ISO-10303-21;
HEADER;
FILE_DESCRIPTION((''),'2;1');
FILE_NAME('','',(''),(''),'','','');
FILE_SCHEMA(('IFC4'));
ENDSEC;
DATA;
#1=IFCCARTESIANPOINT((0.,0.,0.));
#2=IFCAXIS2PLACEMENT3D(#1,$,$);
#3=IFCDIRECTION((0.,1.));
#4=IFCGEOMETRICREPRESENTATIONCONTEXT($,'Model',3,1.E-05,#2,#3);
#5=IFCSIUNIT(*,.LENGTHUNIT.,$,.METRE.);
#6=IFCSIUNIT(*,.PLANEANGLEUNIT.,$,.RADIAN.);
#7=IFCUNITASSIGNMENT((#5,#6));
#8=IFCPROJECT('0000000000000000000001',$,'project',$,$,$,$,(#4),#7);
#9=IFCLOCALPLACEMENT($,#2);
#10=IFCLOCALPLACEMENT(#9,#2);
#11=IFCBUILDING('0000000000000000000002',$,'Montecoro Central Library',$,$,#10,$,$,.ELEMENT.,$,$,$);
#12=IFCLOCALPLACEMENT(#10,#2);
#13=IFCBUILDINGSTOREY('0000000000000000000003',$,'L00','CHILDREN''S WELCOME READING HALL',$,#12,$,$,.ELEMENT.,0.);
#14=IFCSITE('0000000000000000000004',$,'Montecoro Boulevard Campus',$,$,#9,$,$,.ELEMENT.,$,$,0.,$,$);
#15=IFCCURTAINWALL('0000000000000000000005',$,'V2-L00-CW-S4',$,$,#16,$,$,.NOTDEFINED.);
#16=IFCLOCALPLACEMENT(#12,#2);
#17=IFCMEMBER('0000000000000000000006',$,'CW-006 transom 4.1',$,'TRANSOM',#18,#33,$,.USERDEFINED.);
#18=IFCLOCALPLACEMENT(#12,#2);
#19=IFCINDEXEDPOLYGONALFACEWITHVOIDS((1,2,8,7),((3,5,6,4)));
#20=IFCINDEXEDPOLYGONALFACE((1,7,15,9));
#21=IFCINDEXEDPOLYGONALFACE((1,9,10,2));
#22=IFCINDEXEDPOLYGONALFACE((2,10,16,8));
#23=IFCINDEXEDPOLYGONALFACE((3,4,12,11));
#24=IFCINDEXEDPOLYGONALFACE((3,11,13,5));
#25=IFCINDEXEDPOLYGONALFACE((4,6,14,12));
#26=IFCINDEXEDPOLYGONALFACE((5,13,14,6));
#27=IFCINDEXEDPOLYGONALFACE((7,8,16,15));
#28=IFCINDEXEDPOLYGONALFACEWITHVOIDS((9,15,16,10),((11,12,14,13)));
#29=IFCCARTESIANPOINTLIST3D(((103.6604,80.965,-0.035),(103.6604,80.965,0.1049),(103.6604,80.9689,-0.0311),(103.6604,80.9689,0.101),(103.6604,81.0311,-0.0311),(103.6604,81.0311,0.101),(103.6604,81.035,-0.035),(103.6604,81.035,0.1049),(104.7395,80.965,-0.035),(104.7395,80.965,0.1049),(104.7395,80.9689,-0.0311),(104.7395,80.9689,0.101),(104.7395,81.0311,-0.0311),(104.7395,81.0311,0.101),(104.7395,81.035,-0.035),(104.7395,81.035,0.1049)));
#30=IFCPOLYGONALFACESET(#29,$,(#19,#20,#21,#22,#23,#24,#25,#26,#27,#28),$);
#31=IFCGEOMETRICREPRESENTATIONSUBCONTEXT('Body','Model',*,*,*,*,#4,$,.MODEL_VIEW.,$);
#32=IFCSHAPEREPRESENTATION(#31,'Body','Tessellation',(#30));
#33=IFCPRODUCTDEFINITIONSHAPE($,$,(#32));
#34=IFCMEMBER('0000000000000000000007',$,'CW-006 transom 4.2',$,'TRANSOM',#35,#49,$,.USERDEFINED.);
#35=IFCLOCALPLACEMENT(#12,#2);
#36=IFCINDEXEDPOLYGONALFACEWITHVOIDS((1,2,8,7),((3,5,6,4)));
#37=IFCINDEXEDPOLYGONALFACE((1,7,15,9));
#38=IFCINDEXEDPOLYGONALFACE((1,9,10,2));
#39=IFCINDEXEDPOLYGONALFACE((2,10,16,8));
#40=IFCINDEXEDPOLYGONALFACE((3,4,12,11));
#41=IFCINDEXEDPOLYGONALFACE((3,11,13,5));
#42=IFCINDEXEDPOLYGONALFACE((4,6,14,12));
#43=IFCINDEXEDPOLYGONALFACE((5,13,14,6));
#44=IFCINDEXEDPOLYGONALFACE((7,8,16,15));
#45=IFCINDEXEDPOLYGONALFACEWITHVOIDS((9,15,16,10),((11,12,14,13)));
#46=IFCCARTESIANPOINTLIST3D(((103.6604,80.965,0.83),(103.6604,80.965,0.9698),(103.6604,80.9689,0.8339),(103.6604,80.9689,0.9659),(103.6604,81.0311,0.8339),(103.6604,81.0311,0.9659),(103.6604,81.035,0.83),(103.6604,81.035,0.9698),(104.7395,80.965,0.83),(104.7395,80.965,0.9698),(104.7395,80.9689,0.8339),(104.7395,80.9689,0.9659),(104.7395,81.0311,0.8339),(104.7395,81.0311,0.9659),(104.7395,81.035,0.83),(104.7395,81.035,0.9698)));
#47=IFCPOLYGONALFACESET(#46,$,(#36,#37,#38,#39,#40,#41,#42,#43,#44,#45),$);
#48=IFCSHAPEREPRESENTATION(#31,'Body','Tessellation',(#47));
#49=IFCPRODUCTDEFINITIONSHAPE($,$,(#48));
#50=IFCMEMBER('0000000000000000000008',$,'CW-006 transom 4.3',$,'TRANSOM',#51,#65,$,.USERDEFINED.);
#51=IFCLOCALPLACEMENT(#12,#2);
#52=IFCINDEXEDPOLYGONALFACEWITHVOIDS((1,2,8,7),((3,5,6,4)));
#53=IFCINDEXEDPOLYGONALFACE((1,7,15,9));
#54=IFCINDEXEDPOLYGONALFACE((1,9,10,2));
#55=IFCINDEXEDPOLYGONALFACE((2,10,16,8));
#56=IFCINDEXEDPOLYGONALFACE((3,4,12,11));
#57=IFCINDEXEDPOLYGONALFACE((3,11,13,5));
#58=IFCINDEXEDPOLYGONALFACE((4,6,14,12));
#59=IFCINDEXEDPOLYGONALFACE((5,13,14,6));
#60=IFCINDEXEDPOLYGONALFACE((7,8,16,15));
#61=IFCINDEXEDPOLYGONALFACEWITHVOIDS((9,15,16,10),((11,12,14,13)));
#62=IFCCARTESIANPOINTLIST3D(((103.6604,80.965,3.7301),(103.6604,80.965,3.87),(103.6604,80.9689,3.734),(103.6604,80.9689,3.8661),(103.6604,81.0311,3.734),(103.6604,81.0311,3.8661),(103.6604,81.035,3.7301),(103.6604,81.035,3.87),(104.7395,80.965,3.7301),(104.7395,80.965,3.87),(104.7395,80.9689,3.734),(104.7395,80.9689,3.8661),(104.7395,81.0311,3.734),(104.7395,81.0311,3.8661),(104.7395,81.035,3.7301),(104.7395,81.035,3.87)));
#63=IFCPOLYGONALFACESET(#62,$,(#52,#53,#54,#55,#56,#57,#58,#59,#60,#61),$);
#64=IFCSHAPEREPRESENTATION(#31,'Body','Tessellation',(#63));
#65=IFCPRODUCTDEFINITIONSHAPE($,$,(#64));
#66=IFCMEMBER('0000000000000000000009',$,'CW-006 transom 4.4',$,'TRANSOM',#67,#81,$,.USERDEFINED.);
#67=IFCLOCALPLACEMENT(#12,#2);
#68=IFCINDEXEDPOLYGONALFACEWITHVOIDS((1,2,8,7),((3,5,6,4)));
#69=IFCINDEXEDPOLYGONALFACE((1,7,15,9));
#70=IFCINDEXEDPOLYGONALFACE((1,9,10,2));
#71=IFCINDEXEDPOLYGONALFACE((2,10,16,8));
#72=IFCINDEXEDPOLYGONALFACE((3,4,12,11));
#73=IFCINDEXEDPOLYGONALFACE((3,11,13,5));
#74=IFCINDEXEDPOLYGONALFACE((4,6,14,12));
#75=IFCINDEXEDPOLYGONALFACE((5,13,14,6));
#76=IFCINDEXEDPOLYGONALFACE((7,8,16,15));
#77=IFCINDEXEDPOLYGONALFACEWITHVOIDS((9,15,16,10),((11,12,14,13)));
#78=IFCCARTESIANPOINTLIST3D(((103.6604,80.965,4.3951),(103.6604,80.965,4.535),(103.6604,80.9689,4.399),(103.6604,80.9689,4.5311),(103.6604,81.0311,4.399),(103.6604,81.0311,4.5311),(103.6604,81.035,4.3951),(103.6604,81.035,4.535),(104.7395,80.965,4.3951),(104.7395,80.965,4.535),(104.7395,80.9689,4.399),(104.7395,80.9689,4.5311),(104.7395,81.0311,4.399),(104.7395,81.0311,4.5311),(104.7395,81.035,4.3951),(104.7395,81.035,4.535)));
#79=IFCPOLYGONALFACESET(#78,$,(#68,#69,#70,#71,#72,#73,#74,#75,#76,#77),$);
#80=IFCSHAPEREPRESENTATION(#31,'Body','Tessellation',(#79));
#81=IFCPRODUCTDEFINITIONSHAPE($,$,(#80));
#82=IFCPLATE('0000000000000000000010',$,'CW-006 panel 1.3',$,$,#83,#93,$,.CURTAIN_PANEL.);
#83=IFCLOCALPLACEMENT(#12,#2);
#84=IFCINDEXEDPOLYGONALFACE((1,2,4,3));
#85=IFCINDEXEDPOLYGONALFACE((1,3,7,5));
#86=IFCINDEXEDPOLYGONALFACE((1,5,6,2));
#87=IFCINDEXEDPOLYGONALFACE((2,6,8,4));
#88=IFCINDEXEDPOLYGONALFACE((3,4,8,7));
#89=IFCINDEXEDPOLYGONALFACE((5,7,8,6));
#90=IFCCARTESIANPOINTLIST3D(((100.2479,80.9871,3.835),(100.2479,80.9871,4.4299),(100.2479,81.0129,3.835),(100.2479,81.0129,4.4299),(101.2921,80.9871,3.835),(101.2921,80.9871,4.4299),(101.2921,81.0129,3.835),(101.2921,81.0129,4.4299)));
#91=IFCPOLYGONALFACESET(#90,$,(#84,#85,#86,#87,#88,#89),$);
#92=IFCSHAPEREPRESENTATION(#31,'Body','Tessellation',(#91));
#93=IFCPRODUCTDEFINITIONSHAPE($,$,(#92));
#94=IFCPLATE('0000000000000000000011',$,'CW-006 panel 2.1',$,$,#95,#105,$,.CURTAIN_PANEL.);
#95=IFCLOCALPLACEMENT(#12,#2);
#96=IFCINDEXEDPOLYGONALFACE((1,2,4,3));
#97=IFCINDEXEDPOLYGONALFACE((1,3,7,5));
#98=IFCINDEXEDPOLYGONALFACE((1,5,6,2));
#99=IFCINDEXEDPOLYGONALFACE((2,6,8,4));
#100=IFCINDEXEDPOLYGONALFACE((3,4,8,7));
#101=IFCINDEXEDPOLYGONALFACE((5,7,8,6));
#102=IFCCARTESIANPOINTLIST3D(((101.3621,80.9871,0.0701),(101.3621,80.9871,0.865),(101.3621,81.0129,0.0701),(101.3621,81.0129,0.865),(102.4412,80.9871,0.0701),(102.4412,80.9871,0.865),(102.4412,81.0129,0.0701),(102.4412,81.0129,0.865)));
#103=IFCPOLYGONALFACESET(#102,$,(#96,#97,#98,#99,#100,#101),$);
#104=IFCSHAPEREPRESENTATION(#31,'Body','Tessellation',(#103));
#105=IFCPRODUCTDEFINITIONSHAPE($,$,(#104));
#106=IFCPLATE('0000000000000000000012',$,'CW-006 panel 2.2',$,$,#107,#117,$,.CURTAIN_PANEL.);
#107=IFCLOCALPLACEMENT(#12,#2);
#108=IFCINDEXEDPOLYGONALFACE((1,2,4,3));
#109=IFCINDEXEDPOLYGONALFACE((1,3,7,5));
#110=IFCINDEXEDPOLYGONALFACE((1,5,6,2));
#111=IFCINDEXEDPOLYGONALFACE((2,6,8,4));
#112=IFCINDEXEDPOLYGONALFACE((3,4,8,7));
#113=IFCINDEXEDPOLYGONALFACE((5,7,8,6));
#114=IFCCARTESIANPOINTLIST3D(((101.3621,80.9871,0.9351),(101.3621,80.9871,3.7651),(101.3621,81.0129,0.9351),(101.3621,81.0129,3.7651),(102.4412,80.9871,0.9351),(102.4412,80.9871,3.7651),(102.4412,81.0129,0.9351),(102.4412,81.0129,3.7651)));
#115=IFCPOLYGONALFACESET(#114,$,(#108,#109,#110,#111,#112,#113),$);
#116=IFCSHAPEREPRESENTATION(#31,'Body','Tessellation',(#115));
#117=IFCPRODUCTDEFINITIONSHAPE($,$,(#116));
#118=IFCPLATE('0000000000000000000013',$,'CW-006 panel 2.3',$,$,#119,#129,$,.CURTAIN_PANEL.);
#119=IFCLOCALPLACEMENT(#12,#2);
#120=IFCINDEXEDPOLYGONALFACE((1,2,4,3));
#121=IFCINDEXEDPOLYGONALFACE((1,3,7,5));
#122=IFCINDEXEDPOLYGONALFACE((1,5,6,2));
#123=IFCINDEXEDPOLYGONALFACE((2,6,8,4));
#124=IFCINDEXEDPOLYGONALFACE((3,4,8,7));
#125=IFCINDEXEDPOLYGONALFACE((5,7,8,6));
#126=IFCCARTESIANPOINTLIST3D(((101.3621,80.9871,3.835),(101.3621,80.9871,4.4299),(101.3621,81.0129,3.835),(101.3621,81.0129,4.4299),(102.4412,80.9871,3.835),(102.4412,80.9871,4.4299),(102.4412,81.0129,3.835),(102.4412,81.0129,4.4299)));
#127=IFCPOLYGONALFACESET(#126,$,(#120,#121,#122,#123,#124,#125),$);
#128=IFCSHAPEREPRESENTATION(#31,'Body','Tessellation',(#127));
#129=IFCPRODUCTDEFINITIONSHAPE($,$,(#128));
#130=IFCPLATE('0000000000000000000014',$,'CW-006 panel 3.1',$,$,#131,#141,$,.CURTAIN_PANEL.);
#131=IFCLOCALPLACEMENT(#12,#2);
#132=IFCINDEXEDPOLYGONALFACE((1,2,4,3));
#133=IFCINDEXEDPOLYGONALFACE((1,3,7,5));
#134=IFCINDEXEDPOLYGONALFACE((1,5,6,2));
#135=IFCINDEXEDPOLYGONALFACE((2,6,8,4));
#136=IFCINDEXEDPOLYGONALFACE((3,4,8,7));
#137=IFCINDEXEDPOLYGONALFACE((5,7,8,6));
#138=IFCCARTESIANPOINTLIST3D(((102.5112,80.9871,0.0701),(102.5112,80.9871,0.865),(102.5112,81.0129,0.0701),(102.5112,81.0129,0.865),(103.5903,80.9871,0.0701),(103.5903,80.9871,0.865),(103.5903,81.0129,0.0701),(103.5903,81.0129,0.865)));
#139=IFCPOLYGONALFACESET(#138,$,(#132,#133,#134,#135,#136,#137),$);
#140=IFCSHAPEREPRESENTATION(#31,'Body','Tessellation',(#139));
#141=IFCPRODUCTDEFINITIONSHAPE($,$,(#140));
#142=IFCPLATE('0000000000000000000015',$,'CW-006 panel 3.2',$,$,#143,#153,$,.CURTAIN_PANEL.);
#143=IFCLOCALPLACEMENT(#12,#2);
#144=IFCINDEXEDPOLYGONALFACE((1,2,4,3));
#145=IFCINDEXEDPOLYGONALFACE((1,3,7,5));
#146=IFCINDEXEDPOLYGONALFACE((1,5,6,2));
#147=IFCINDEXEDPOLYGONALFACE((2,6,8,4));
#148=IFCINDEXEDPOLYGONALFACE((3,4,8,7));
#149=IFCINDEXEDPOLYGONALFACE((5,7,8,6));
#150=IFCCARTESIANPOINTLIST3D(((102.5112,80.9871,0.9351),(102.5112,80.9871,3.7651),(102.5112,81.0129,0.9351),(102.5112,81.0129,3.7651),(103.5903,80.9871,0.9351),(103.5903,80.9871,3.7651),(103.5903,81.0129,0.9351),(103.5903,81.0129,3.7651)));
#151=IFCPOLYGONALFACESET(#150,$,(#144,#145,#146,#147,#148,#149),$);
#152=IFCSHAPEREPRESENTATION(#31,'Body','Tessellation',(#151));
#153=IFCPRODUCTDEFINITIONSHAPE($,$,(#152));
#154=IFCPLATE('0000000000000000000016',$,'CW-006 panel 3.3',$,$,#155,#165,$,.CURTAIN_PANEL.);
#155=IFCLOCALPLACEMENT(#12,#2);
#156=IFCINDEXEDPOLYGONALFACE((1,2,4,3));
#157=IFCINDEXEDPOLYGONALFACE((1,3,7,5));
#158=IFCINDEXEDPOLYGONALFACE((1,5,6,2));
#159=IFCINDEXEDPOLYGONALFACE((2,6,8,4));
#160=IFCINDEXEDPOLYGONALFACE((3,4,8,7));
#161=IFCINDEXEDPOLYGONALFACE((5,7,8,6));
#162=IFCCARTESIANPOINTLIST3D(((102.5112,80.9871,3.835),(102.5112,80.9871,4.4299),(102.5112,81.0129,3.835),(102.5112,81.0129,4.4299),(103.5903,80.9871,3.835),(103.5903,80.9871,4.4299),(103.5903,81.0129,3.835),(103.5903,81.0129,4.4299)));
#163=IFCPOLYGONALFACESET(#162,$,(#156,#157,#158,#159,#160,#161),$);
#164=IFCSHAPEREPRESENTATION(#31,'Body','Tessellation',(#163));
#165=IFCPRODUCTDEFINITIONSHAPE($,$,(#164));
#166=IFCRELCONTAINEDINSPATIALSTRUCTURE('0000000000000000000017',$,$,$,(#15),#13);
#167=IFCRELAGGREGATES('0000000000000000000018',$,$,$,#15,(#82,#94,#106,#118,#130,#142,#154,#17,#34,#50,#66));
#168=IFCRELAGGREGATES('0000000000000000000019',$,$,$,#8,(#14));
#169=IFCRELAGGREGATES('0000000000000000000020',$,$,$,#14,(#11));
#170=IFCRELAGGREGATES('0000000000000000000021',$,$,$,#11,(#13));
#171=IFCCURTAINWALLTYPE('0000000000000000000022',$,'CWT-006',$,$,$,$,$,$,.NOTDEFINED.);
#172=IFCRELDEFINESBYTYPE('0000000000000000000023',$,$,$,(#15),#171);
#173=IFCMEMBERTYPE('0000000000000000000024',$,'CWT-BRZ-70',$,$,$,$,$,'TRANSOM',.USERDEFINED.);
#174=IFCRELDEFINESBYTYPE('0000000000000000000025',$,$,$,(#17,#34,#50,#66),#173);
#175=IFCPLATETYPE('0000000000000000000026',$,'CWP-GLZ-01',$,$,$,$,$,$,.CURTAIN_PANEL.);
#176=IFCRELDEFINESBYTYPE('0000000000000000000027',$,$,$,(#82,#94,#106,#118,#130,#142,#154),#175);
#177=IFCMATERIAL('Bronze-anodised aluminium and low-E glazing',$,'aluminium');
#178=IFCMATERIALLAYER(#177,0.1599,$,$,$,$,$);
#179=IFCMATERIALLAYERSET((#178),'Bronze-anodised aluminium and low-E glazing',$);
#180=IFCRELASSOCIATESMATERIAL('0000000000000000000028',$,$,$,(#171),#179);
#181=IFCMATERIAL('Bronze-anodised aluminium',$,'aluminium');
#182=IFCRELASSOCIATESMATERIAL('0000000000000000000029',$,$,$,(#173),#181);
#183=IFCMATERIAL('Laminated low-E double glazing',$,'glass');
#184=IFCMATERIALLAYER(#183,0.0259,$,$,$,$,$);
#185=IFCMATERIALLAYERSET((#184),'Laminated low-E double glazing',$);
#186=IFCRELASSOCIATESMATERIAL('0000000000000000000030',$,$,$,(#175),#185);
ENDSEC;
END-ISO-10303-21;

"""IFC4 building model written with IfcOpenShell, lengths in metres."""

from ifc_helpers import new_model, si_unit, direction, frame, origin, origin_2d, place, context, subcontext, project, spatial, rectangle, hollow_rectangle, extrude, material, layer, layer_set, material_profile, profile_set, type_object, element, aggregate, save


model = new_model("IFC4")

# Units and contexts
model_context = context("Model", 3, precision=1e-05, world=origin(), true_north=direction((0.0, 1.0)))
body_context = subcontext(model_context, "Body", "Model", "MODEL_VIEW")
ifc_project = project(units=[si_unit("LENGTHUNIT", "METRE"), si_unit("PLANEANGLEUNIT", "RADIAN")], contexts=[model_context])

# Site, building, storey
site_placement = place(None, origin())
site = spatial("IfcSite", under=ifc_project, at=site_placement, Name="Montecoro Boulevard Campus", CompositionType="ELEMENT", RefElevation=0.0)
building_placement = place(site_placement, origin())
building = spatial("IfcBuilding", under=site, at=building_placement, Name="Montecoro Central Library", CompositionType="ELEMENT")
storey_placement = place(building_placement, origin())
storey = spatial("IfcBuildingStorey", under=building, at=storey_placement, Name="L00", Description="CHILDREN'S WELCOME READING HALL", CompositionType="ELEMENT", Elevation=0.0)

# Curtain wall, members, plates
ifc_material_1 = material(Name="Bronze-anodised aluminium and low-E glazing", Category="aluminium")
ifc_layer_1 = layer(ifc_material_1, 0.1599)
ifc_layer_set_1 = layer_set([ifc_layer_1], Name="Bronze-anodised aluminium and low-E glazing")
curtain_wall_type = type_object("IfcCurtainWallType", Name="CWT-006", PredefinedType="NOTDEFINED", material=ifc_layer_set_1)
curtain_wall_placement = place(storey_placement, origin())
curtain_wall = element("IfcCurtainWall", 1, at=curtain_wall_placement, inside=storey, type_object=curtain_wall_type, Name="V2-L00-CW-S4", PredefinedType="NOTDEFINED")
ifc_material_2 = material(Name="Bronze-anodised aluminium", Category="aluminium")
ifc_material_profile_1 = material_profile(ifc_material_2, hollow_rectangle(XDim=0.0701, YDim=0.1399, WallThickness=0.0039, at=origin_2d()), Name="CWT 140x70x4.0")
ifc_profile_set_1 = profile_set([ifc_material_profile_1], Name="Bronze-anodised aluminium")
member_type_1 = type_object("IfcMemberType", Name="CWT-BRZ-70", ElementType="TRANSOM", PredefinedType="USERDEFINED", material=ifc_profile_set_1)
member_1_placement = place(storey_placement, frame((103.6604, 81.0, 0.0349), z_axis=(1.0, 0.0, 0.0), x_axis=(0.0, 1.0, 0.0)))
member_1 = element("IfcMember", 2, at=member_1_placement, type_object=member_type_1, Name="CW-006 transom 4.1", ObjectType="TRANSOM", PredefinedType="USERDEFINED", context=body_context, shape_type="SweptSolid", body=[
    extrude(hollow_rectangle(XDim=0.0701, YDim=0.1399, WallThickness=0.0039, at=origin_2d()), origin(), (0.0, 0.0, 1.0), 1.0791),
])
member_2_placement = place(storey_placement, frame((103.6604, 81.0, 0.8999), z_axis=(1.0, 0.0, 0.0), x_axis=(0.0, 1.0, 0.0)))
member_2 = element("IfcMember", 3, at=member_2_placement, type_object=member_type_1, Name="CW-006 transom 4.2", ObjectType="TRANSOM", PredefinedType="USERDEFINED", context=body_context, shape_type="SweptSolid", body=[
    extrude(hollow_rectangle(XDim=0.0701, YDim=0.1399, WallThickness=0.0039, at=origin_2d()), origin(), (0.0, 0.0, 1.0), 1.0791),
])
member_3_placement = place(storey_placement, frame((103.6604, 81.0, 3.8), z_axis=(1.0, 0.0, 0.0), x_axis=(0.0, 1.0, 0.0)))
member_3 = element("IfcMember", 4, at=member_3_placement, type_object=member_type_1, Name="CW-006 transom 4.3", ObjectType="TRANSOM", PredefinedType="USERDEFINED", context=body_context, shape_type="SweptSolid", body=[
    extrude(hollow_rectangle(XDim=0.0701, YDim=0.1399, WallThickness=0.0039, at=origin_2d()), origin(), (0.0, 0.0, 1.0), 1.0791),
])
member_4_placement = place(storey_placement, frame((103.6604, 81.0, 4.4651), z_axis=(1.0, 0.0, 0.0), x_axis=(0.0, 1.0, 0.0)))
member_4 = element("IfcMember", 5, at=member_4_placement, type_object=member_type_1, Name="CW-006 transom 4.4", ObjectType="TRANSOM", PredefinedType="USERDEFINED", context=body_context, shape_type="SweptSolid", body=[
    extrude(hollow_rectangle(XDim=0.0701, YDim=0.1399, WallThickness=0.0039, at=origin_2d()), origin(), (0.0, 0.0, 1.0), 1.0791),
])
ifc_material_3 = material(Name="Laminated low-E double glazing", Category="glass")
ifc_layer_2 = layer(ifc_material_3, 0.0259)
ifc_layer_set_2 = layer_set([ifc_layer_2], Name="Laminated low-E double glazing")
plate_type = type_object("IfcPlateType", Name="CWP-GLZ-01", PredefinedType="CURTAIN_PANEL", material=ifc_layer_set_2)
plate_1_placement = place(storey_placement, frame((100.77, 81.0, 3.835), z_axis=(0.0, 0.0, 1.0), x_axis=(1.0, 0.0, 0.0)))
plate_1 = element("IfcPlate", 6, at=plate_1_placement, type_object=plate_type, Name="CW-006 panel 1.3", PredefinedType="CURTAIN_PANEL", context=body_context, shape_type="SweptSolid", body=[
    extrude(rectangle(XDim=1.0442, YDim=0.0259, at=origin_2d()), origin(), (0.0, 0.0, 1.0), 0.595),
])
plate_2_placement = place(storey_placement, frame((101.9016, 81.0, 0.0701), z_axis=(0.0, 0.0, 1.0), x_axis=(1.0, 0.0, 0.0)))
plate_2 = element("IfcPlate", 7, at=plate_2_placement, type_object=plate_type, Name="CW-006 panel 2.1", PredefinedType="CURTAIN_PANEL", context=body_context, shape_type="SweptSolid", body=[
    extrude(rectangle(XDim=1.0791, YDim=0.0259, at=origin_2d()), origin(), (0.0, 0.0, 1.0), 0.7949),
])
plate_3_placement = place(storey_placement, frame((101.9016, 81.0, 0.9351), z_axis=(0.0, 0.0, 1.0), x_axis=(1.0, 0.0, 0.0)))
plate_3 = element("IfcPlate", 8, at=plate_3_placement, type_object=plate_type, Name="CW-006 panel 2.2", PredefinedType="CURTAIN_PANEL", context=body_context, shape_type="SweptSolid", body=[
    extrude(rectangle(XDim=1.0791, YDim=0.0259, at=origin_2d()), origin(), (0.0, 0.0, 1.0), 2.8301),
])
plate_4_placement = place(storey_placement, frame((101.9016, 81.0, 3.835), z_axis=(0.0, 0.0, 1.0), x_axis=(1.0, 0.0, 0.0)))
plate_4 = element("IfcPlate", 9, at=plate_4_placement, type_object=plate_type, Name="CW-006 panel 2.3", PredefinedType="CURTAIN_PANEL", context=body_context, shape_type="SweptSolid", body=[
    extrude(rectangle(XDim=1.0791, YDim=0.0259, at=origin_2d()), origin(), (0.0, 0.0, 1.0), 0.595),
])
plate_5_placement = place(storey_placement, frame((103.0508, 81.0, 0.0701), z_axis=(0.0, 0.0, 1.0), x_axis=(1.0, 0.0, 0.0)))
plate_5 = element("IfcPlate", 10, at=plate_5_placement, type_object=plate_type, Name="CW-006 panel 3.1", PredefinedType="CURTAIN_PANEL", context=body_context, shape_type="SweptSolid", body=[
    extrude(rectangle(XDim=1.0791, YDim=0.0259, at=origin_2d()), origin(), (0.0, 0.0, 1.0), 0.7949),
])
plate_6_placement = place(storey_placement, frame((103.0508, 81.0, 0.9351), z_axis=(0.0, 0.0, 1.0), x_axis=(1.0, 0.0, 0.0)))
plate_6 = element("IfcPlate", 11, at=plate_6_placement, type_object=plate_type, Name="CW-006 panel 3.2", PredefinedType="CURTAIN_PANEL", context=body_context, shape_type="SweptSolid", body=[
    extrude(rectangle(XDim=1.0791, YDim=0.0259, at=origin_2d()), origin(), (0.0, 0.0, 1.0), 2.8301),
])
plate_7_placement = place(storey_placement, frame((103.0508, 81.0, 3.835), z_axis=(0.0, 0.0, 1.0), x_axis=(1.0, 0.0, 0.0)))
plate_7 = element("IfcPlate", 12, at=plate_7_placement, type_object=plate_type, Name="CW-006 panel 3.3", PredefinedType="CURTAIN_PANEL", context=body_context, shape_type="SweptSolid", body=[
    extrude(rectangle(XDim=1.0791, YDim=0.0259, at=origin_2d()), origin(), (0.0, 0.0, 1.0), 0.595),
])
aggregate(curtain_wall, [plate_1, plate_2, plate_3, plate_4, plate_5, plate_6, plate_7, member_1, member_2, member_3, member_4])

save(model, "model.ifc")
